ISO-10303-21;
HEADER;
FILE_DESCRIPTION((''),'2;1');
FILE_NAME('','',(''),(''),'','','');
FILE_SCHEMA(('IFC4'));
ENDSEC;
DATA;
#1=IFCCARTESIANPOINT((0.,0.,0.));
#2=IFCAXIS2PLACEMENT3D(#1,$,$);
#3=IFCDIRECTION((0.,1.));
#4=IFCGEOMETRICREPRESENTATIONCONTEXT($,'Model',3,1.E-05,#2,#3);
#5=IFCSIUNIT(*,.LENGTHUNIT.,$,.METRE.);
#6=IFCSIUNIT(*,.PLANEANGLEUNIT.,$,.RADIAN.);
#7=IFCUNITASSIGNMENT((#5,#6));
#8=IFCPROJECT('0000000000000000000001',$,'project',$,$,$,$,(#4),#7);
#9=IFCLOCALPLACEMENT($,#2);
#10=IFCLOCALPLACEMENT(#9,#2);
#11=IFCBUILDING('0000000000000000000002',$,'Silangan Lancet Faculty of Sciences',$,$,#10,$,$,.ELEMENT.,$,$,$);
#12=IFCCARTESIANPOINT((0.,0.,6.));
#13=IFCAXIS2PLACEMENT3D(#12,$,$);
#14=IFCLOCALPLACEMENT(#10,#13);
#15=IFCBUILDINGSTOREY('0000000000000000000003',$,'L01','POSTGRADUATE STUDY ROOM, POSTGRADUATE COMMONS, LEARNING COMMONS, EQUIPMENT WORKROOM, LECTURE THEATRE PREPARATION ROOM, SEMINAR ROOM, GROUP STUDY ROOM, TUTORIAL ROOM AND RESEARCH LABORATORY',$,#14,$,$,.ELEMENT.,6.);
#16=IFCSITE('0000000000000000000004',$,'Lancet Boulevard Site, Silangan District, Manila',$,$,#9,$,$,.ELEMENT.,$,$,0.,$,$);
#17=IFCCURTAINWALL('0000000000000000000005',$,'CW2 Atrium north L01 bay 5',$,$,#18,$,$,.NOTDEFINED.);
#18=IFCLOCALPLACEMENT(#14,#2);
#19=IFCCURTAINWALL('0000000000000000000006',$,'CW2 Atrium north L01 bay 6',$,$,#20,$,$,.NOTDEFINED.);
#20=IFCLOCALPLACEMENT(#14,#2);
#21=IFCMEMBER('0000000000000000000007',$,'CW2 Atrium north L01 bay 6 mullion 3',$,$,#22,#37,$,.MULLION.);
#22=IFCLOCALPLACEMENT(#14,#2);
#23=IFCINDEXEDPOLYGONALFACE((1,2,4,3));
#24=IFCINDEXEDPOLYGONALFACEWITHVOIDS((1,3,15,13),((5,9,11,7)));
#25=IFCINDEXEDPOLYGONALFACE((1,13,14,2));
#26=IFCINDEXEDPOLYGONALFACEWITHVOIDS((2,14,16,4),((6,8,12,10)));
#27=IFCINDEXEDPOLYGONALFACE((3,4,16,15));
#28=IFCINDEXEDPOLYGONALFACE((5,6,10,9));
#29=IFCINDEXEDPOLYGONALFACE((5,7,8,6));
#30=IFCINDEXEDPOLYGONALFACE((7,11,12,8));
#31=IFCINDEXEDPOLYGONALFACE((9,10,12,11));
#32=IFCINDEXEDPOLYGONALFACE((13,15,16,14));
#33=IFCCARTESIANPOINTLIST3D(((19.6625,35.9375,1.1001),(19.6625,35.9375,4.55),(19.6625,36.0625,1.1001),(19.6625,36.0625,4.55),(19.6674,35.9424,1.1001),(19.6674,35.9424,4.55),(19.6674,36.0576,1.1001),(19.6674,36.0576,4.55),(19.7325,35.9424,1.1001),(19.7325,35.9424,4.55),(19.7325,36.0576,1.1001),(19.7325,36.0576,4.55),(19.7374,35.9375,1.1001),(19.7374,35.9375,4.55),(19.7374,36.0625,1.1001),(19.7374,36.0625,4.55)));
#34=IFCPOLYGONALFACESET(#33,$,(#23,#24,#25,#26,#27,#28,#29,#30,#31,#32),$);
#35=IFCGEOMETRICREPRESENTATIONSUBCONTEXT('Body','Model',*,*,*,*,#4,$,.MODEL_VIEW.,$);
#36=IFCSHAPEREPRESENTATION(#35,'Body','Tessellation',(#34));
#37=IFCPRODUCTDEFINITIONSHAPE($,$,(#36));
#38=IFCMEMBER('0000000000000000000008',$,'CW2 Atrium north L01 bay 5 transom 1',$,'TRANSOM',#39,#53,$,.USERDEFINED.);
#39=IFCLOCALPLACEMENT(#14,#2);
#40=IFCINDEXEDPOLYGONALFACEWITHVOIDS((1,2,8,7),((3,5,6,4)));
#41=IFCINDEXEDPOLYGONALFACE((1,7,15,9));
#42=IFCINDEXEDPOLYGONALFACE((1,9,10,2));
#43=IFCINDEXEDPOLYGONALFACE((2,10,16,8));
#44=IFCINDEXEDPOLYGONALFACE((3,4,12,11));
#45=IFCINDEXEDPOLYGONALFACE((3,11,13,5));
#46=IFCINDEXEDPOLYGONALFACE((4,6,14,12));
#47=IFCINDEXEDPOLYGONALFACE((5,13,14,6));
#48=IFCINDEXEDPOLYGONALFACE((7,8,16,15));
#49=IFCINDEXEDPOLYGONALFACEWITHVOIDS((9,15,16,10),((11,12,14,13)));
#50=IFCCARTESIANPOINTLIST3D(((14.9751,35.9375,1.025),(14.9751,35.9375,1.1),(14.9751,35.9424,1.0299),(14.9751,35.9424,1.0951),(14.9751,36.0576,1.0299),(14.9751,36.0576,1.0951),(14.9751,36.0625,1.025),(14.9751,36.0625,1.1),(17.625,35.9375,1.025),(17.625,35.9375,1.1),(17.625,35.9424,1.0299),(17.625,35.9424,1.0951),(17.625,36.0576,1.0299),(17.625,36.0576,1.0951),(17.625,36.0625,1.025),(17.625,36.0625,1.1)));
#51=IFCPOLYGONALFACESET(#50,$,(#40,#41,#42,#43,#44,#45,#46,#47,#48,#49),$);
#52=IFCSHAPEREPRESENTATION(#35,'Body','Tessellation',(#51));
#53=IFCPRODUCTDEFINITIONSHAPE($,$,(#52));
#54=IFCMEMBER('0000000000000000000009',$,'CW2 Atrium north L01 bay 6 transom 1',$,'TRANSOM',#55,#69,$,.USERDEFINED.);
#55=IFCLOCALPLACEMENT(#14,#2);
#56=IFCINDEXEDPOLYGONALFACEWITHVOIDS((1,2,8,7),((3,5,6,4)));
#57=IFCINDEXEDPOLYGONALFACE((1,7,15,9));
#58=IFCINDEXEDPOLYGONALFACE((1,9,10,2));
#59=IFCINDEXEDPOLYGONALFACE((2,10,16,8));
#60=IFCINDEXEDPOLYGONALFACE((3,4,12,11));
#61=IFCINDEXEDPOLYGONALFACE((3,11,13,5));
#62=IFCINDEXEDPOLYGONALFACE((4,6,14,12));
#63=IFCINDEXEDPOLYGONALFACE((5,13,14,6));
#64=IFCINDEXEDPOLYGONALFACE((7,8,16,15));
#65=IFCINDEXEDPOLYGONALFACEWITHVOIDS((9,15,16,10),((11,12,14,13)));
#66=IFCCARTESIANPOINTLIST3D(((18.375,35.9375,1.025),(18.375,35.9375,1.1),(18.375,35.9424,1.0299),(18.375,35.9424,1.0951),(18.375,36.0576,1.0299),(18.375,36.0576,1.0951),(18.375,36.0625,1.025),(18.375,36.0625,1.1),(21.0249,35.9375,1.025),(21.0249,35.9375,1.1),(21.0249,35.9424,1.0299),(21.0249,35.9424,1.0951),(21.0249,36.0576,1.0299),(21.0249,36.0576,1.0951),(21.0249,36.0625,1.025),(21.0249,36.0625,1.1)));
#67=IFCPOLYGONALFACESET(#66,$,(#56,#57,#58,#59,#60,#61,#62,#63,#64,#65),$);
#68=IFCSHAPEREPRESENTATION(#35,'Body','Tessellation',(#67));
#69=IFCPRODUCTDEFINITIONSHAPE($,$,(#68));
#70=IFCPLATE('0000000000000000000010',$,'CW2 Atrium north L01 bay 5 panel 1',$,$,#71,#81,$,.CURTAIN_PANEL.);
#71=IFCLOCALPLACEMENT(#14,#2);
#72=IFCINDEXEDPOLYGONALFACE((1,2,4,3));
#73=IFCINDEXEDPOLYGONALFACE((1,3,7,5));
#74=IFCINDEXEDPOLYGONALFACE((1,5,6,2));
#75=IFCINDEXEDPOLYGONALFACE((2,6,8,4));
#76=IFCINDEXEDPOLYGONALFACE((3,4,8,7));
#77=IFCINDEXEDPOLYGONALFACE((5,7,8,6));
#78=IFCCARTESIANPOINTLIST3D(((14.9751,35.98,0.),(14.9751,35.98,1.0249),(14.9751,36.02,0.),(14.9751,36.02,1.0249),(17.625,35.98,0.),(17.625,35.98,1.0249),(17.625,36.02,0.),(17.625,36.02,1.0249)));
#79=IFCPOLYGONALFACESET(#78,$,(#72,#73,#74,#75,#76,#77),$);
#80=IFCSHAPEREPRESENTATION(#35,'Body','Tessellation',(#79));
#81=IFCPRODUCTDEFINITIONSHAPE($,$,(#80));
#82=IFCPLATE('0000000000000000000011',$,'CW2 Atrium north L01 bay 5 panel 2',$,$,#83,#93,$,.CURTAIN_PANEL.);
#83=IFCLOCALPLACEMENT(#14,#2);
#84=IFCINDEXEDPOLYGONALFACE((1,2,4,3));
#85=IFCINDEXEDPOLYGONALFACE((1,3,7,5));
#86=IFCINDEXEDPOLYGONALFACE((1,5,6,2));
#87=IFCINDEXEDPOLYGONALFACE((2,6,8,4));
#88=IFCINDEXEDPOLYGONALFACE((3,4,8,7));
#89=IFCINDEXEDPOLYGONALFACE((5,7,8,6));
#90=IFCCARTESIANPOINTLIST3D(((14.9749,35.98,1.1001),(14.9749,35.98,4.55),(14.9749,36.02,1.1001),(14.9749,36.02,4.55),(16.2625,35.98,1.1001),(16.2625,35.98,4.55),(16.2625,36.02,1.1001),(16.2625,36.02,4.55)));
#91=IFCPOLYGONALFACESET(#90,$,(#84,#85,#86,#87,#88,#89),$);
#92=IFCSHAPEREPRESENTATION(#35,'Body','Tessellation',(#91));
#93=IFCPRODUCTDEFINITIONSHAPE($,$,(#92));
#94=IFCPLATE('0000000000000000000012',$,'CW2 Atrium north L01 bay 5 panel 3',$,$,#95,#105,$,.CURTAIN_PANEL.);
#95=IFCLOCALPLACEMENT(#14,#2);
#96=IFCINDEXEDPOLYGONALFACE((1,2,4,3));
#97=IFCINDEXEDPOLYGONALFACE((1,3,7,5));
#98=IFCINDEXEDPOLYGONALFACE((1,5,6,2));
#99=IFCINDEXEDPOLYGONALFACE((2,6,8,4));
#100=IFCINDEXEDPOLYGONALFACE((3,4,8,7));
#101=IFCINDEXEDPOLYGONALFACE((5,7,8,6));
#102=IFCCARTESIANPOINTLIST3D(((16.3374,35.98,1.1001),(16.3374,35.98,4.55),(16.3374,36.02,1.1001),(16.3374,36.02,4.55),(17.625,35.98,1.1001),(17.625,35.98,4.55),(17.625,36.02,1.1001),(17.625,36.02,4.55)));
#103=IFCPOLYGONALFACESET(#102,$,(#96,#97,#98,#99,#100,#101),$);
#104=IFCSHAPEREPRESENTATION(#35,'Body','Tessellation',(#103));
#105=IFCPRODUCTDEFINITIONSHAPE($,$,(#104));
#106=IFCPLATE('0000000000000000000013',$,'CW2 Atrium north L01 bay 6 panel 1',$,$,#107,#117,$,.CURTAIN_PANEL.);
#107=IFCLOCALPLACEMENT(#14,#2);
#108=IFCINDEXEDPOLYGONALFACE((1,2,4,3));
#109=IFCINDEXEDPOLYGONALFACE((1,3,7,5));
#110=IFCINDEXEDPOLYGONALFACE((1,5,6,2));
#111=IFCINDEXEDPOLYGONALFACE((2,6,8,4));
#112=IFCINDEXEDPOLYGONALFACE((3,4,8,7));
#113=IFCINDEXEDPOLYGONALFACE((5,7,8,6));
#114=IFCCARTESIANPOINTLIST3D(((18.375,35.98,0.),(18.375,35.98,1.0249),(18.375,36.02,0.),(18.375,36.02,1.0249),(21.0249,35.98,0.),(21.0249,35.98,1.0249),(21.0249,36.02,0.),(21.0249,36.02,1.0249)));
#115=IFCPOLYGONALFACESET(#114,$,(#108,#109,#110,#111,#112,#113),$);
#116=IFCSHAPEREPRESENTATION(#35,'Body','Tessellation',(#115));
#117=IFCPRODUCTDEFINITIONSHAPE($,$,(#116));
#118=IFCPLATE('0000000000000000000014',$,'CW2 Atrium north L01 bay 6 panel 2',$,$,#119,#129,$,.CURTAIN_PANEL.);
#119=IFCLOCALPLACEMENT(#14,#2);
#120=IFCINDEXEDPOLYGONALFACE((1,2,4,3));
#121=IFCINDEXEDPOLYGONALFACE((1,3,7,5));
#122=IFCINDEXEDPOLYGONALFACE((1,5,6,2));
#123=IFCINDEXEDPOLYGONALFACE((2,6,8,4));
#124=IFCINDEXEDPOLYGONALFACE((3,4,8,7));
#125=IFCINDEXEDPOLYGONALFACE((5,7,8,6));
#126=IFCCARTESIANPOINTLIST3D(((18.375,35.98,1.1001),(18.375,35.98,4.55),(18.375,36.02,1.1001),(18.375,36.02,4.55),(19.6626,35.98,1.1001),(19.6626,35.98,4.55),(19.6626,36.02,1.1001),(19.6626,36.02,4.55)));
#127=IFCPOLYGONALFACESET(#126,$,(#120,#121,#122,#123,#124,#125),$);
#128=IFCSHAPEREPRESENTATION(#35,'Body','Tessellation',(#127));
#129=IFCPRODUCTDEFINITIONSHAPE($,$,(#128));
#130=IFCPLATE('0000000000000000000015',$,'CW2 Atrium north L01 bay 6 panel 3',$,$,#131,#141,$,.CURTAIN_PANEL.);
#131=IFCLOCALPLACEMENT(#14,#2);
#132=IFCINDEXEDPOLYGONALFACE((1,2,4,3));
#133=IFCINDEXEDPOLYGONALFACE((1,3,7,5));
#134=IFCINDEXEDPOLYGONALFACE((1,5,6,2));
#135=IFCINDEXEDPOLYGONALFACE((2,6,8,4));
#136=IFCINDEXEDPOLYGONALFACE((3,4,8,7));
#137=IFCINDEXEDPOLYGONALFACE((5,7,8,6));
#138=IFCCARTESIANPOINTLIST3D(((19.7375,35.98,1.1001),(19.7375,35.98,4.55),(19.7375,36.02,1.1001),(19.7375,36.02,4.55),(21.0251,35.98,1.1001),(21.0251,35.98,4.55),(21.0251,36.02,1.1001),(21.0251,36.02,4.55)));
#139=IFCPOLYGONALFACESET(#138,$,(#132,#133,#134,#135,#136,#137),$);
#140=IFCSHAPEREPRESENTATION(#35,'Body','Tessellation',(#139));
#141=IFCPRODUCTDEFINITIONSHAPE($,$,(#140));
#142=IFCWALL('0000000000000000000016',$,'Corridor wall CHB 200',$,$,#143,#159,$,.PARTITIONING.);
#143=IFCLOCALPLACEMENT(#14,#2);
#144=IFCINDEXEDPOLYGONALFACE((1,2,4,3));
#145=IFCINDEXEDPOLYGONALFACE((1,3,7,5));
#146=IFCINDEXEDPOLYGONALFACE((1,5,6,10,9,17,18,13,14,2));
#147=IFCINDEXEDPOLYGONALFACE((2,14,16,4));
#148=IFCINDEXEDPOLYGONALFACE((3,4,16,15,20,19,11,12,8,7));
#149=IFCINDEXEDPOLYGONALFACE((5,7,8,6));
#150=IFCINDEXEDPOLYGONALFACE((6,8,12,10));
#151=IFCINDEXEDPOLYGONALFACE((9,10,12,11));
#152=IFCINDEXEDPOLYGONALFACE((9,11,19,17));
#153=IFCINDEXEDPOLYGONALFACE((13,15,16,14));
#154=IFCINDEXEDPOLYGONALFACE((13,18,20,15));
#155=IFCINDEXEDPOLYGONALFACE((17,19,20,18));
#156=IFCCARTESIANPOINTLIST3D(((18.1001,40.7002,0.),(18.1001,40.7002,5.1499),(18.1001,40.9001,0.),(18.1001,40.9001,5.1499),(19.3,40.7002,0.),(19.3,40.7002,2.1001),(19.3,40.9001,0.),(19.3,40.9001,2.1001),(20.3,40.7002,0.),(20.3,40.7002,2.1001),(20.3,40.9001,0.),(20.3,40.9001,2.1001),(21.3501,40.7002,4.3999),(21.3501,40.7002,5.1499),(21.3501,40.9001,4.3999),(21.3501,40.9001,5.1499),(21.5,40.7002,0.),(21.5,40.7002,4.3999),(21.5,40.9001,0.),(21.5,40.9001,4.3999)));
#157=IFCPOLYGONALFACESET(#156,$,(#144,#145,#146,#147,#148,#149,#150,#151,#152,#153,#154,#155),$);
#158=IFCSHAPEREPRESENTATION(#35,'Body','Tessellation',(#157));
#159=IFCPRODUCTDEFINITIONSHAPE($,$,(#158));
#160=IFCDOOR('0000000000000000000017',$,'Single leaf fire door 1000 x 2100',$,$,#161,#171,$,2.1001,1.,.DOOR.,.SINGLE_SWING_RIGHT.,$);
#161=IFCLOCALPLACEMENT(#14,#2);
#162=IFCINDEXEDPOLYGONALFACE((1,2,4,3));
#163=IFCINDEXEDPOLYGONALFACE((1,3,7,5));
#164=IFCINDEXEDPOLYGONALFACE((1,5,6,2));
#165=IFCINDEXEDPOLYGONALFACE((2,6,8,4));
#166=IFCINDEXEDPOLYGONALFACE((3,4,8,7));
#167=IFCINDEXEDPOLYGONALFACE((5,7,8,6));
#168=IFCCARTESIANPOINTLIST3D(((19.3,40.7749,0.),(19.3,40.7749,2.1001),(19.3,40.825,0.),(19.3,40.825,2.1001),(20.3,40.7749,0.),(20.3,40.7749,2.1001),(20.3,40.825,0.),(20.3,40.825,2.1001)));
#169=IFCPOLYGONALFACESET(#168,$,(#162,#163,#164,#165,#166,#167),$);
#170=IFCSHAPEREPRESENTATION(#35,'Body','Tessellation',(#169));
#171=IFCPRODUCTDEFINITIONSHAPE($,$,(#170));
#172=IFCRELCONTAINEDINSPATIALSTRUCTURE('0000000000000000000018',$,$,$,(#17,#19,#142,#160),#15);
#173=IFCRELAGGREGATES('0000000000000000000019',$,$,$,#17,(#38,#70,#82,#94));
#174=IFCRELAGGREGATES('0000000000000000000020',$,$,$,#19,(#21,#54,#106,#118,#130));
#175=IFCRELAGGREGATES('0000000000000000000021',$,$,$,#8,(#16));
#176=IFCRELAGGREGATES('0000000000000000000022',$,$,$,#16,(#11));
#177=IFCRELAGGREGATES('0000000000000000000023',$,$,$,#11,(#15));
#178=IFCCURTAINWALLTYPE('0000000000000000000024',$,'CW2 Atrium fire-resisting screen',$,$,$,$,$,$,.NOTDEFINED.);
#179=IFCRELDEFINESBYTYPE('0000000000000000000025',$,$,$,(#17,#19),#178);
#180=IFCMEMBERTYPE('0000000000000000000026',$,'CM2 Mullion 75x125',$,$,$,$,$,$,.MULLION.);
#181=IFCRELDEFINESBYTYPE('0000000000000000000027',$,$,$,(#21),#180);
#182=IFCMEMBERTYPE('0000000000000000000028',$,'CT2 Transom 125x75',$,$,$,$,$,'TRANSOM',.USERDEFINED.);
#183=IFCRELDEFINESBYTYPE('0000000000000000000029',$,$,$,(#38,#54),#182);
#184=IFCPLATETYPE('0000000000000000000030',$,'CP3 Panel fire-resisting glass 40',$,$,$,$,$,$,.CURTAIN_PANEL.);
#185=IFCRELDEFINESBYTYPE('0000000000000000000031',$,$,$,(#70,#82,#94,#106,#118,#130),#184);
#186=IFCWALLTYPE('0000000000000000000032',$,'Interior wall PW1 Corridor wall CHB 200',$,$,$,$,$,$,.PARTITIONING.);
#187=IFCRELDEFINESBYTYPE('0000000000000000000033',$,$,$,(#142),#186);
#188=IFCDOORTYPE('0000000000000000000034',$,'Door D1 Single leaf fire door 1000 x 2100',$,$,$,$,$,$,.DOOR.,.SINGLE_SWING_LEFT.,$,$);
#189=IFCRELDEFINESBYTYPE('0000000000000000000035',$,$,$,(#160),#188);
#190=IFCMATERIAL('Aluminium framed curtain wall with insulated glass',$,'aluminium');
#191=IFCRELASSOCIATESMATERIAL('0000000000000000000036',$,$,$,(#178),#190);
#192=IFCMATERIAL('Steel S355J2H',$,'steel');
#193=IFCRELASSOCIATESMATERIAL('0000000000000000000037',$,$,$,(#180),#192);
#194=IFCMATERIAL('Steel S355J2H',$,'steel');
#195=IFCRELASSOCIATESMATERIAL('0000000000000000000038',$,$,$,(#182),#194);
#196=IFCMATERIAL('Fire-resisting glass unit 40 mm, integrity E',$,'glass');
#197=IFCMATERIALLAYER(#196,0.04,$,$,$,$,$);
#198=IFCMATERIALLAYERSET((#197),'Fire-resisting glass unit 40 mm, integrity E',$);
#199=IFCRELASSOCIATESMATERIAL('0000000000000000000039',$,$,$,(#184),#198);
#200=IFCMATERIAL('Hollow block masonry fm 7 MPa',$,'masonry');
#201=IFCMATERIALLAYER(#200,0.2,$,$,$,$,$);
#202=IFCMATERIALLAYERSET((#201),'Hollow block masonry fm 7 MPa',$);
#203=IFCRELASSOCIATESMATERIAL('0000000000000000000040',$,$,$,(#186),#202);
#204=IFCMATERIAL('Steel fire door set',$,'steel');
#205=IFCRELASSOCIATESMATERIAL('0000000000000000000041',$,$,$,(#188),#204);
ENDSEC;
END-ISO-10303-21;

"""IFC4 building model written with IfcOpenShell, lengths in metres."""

from ifc_helpers import new_model, si_unit, direction, frame, frame_2d, origin, origin_2d, place, context, subcontext, project, spatial, polyline, rectangle, hollow_rectangle, outline, extrude, material, layer, layer_set, material_profile, profile_set, type_object, element, fill, aggregate, save


model = new_model("IFC4")

# Units and contexts
model_context = context("Model", 3, precision=1e-05, world=origin(), true_north=direction((0.0, 1.0)))
body_context = subcontext(model_context, "Body", "Model", "MODEL_VIEW")
ifc_project = project(units=[si_unit("LENGTHUNIT", "METRE"), si_unit("PLANEANGLEUNIT", "RADIAN")], contexts=[model_context])

# Site, building, storey
site_placement = place(None, origin())
site = spatial("IfcSite", under=ifc_project, at=site_placement, Name="Lancet Boulevard Site, Silangan District, Manila", CompositionType="ELEMENT", RefElevation=0.0)
building_placement = place(site_placement, origin())
building = spatial("IfcBuilding", under=site, at=building_placement, Name="Silangan Lancet Faculty of Sciences", CompositionType="ELEMENT")
storey_placement = place(building_placement, frame((0.0, 0.0, 6.0)))
storey = spatial("IfcBuildingStorey", under=building, at=storey_placement, Name="L01", Description="POSTGRADUATE STUDY ROOM, POSTGRADUATE COMMONS, LEARNING COMMONS, EQUIPMENT WORKROOM, LECTURE THEATRE PREPARATION ROOM, SEMINAR ROOM, GROUP STUDY ROOM, TUTORIAL ROOM AND RESEARCH LABORATORY", CompositionType="ELEMENT", Elevation=6.0)

# Curtain walls, member
ifc_material_1 = material(Name="Aluminium framed curtain wall with insulated glass", Category="aluminium")
curtain_wall_type = type_object("IfcCurtainWallType", Name="CW2 Atrium fire-resisting screen", PredefinedType="NOTDEFINED", material=ifc_material_1)
curtain_wall_1_placement = place(storey_placement, origin())
curtain_wall_1 = element("IfcCurtainWall", 1, at=curtain_wall_1_placement, inside=storey, type_object=curtain_wall_type, Name="CW2 Atrium north L01 bay 5", PredefinedType="NOTDEFINED")
ifc_material_2 = material(Name="Steel S355J2H", Category="steel")
ifc_material_profile_1 = material_profile(ifc_material_2, hollow_rectangle(XDim=0.075, YDim=0.125, WallThickness=0.0049, at=origin_2d()), Name="ST BOX 75x125x5")
ifc_profile_set_1 = profile_set([ifc_material_profile_1], Name="Steel S355J2H")
member_type_1 = type_object("IfcMemberType", Name="CM2 Mullion 75x125", PredefinedType="MULLION", material=ifc_profile_set_1)
curtain_wall_2_placement = place(storey_placement, origin())
curtain_wall_2 = element("IfcCurtainWall", 2, at=curtain_wall_2_placement, inside=storey, type_object=curtain_wall_type, Name="CW2 Atrium north L01 bay 6", PredefinedType="NOTDEFINED")
member_1_placement = place(storey_placement, frame((19.7, 36.0, 1.1001), z_axis=(0.0, 0.0, 1.0), x_axis=(1.0, 0.0, 0.0)))
member_1 = element("IfcMember", 3, at=member_1_placement, type_object=member_type_1, Name="CW2 Atrium north L01 bay 6 mullion 3", PredefinedType="MULLION", context=body_context, shape_type="SweptSolid", body=[
    extrude(hollow_rectangle(XDim=0.075, YDim=0.125, WallThickness=0.0049, at=origin_2d()), origin(), (0.0, 0.0, 1.0), 3.45),
])

# Members
ifc_material_3 = material(Name="Steel S355J2H", Category="steel")
ifc_material_profile_2 = material_profile(ifc_material_3, hollow_rectangle(XDim=0.125, YDim=0.075, WallThickness=0.0049, at=origin_2d()), Name="ST BOX 125x75x5")
ifc_profile_set_2 = profile_set([ifc_material_profile_2], Name="Steel S355J2H")
member_type_2 = type_object("IfcMemberType", Name="CT2 Transom 125x75", ElementType="TRANSOM", PredefinedType="USERDEFINED", material=ifc_profile_set_2)
member_2_placement = place(storey_placement, frame((14.9751, 36.0, 1.0625), z_axis=(1.0, 0.0, 0.0), x_axis=(0.0, 1.0, 0.0)))
member_2 = element("IfcMember", 4, at=member_2_placement, type_object=member_type_2, Name="CW2 Atrium north L01 bay 5 transom 1", ObjectType="TRANSOM", PredefinedType="USERDEFINED", context=body_context, shape_type="SweptSolid", body=[
    extrude(hollow_rectangle(XDim=0.125, YDim=0.075, WallThickness=0.0049, at=origin_2d()), origin(), (0.0, 0.0, 1.0), 2.6499),
])
member_3_placement = place(storey_placement, frame((18.375, 36.0, 1.0625), z_axis=(1.0, 0.0, 0.0), x_axis=(0.0, 1.0, 0.0)))
member_3 = element("IfcMember", 5, at=member_3_placement, type_object=member_type_2, Name="CW2 Atrium north L01 bay 6 transom 1", ObjectType="TRANSOM", PredefinedType="USERDEFINED", context=body_context, shape_type="SweptSolid", body=[
    extrude(hollow_rectangle(XDim=0.125, YDim=0.075, WallThickness=0.0049, at=origin_2d()), origin(), (0.0, 0.0, 1.0), 2.6499),
])

# Plates
ifc_material_4 = material(Name="Fire-resisting glass unit 40 mm, integrity E", Category="glass")
ifc_layer_1 = layer(ifc_material_4, 0.04)
ifc_layer_set_1 = layer_set([ifc_layer_1], Name="Fire-resisting glass unit 40 mm, integrity E")
plate_type = type_object("IfcPlateType", Name="CP3 Panel fire-resisting glass 40", PredefinedType="CURTAIN_PANEL", material=ifc_layer_set_1)
plate_1_placement = place(storey_placement, frame((16.3, 36.0, 0.0), z_axis=(0.0, 0.0, 1.0), x_axis=(1.0, 0.0, 0.0)))
plate_1 = element("IfcPlate", 6, at=plate_1_placement, type_object=plate_type, Name="CW2 Atrium north L01 bay 5 panel 1", PredefinedType="CURTAIN_PANEL", context=body_context, shape_type="SweptSolid", body=[
    extrude(rectangle(XDim=2.6499, YDim=0.04, at=origin_2d()), origin(), (0.0, 0.0, 1.0), 1.0249),
])
plate_2_placement = place(storey_placement, frame((15.6187, 36.0, 1.1001), z_axis=(0.0, 0.0, 1.0), x_axis=(1.0, 0.0, 0.0)))
plate_2 = element("IfcPlate", 7, at=plate_2_placement, type_object=plate_type, Name="CW2 Atrium north L01 bay 5 panel 2", PredefinedType="CURTAIN_PANEL", context=body_context, shape_type="SweptSolid", body=[
    extrude(rectangle(XDim=1.2876, YDim=0.04, at=origin_2d()), origin(), (0.0, 0.0, 1.0), 3.45),
])
plate_3_placement = place(storey_placement, frame((16.9812, 36.0, 1.1001), z_axis=(0.0, 0.0, 1.0), x_axis=(1.0, 0.0, 0.0)))
plate_3 = element("IfcPlate", 8, at=plate_3_placement, type_object=plate_type, Name="CW2 Atrium north L01 bay 5 panel 3", PredefinedType="CURTAIN_PANEL", context=body_context, shape_type="SweptSolid", body=[
    extrude(rectangle(XDim=1.2876, YDim=0.04, at=origin_2d()), origin(), (0.0, 0.0, 1.0), 3.45),
])
aggregate(curtain_wall_1, [member_2, plate_1, plate_2, plate_3])
plate_4_placement = place(storey_placement, frame((19.7, 36.0, 0.0), z_axis=(0.0, 0.0, 1.0), x_axis=(1.0, 0.0, 0.0)))
plate_4 = element("IfcPlate", 9, at=plate_4_placement, type_object=plate_type, Name="CW2 Atrium north L01 bay 6 panel 1", PredefinedType="CURTAIN_PANEL", context=body_context, shape_type="SweptSolid", body=[
    extrude(rectangle(XDim=2.6499, YDim=0.04, at=origin_2d()), origin(), (0.0, 0.0, 1.0), 1.0249),
])
plate_5_placement = place(storey_placement, frame((19.0188, 36.0, 1.1001), z_axis=(0.0, 0.0, 1.0), x_axis=(1.0, 0.0, 0.0)))
plate_5 = element("IfcPlate", 10, at=plate_5_placement, type_object=plate_type, Name="CW2 Atrium north L01 bay 6 panel 2", PredefinedType="CURTAIN_PANEL", context=body_context, shape_type="SweptSolid", body=[
    extrude(rectangle(XDim=1.2876, YDim=0.04, at=origin_2d()), origin(), (0.0, 0.0, 1.0), 3.45),
])
plate_6_placement = place(storey_placement, frame((20.3813, 36.0, 1.1001), z_axis=(0.0, 0.0, 1.0), x_axis=(1.0, 0.0, 0.0)))
plate_6 = element("IfcPlate", 11, at=plate_6_placement, type_object=plate_type, Name="CW2 Atrium north L01 bay 6 panel 3", PredefinedType="CURTAIN_PANEL", context=body_context, shape_type="SweptSolid", body=[
    extrude(rectangle(XDim=1.2876, YDim=0.04, at=origin_2d()), origin(), (0.0, 0.0, 1.0), 3.45),
])
aggregate(curtain_wall_2, [member_1, member_3, plate_4, plate_5, plate_6])

# Wall, opening, door
ifc_material_5 = material(Name="Hollow block masonry fm 7 MPa", Category="masonry")
ifc_layer_2 = layer(ifc_material_5, 0.2)
ifc_layer_set_2 = layer_set([ifc_layer_2], Name="Hollow block masonry fm 7 MPa")
wall_type_1 = type_object("IfcWallType", Name="Interior wall PW1 Corridor wall CHB 200", PredefinedType="PARTITIONING", material=ifc_layer_set_2)
wall_1_placement = place(storey_placement, frame((18.1001, 40.8, 0.0), z_axis=(0.0, 0.0, 1.0), x_axis=(1.0, 0.0, 0.0)))
wall_1 = element("IfcWall", 12, at=wall_1_placement, inside=storey, type_object=wall_type_1, Name="Corridor wall CHB 200", PredefinedType="PARTITIONING", context=body_context, shape_type="SweptSolid", body=[
    extrude(outline(polyline([(0.0, 0.0), (3.3999, 0.0), (3.3999, 4.3999), (3.25, 4.3999), (3.25, 5.1499), (0.0, 5.1499), (0.0, 0.0)])), frame((0.0, 0.1001, 0.0), z_axis=(0.0, -1.0, 0.0), x_axis=(1.0, 0.0, 0.0)), (0.0, 0.0, 1.0), 0.2),
])
opening_1_placement = place(wall_1_placement, frame((1.2, 0.0, 0.0)))
opening_1 = element("IfcOpeningElement", 13, at=opening_1_placement, cuts=wall_1, PredefinedType="OPENING", context=body_context, shape_type="SweptSolid", body=[
    extrude(rectangle(XDim=1.0, YDim=2.1001, at=frame_2d((0.5, 1.05))), frame((0.0, 0.1099, 0.0), z_axis=(0.0, -1.0, 0.0), x_axis=(1.0, 0.0, 0.0)), (0.0, 0.0, 1.0), 0.22),
])
ifc_material_6 = material(Name="Steel fire door set", Category="steel")
door_type = type_object("IfcDoorType", Name="Door D1 Single leaf fire door 1000 x 2100", OperationType="SINGLE_SWING_LEFT", PredefinedType="DOOR", material=ifc_material_6)
door_1_placement = place(opening_1_placement, frame((1.0, 0.0, 0.0), z_axis=(0.0, 0.0, 1.0), x_axis=(-1.0, 0.0, 0.0)))
door_1 = element("IfcDoor", 14, at=door_1_placement, inside=storey, type_object=door_type, Name="Single leaf fire door 1000 x 2100", OperationType="SINGLE_SWING_RIGHT", OverallHeight=2.1001, OverallWidth=1.0, PredefinedType="DOOR", context=body_context, shape_type="SweptSolid", body=[
    extrude(rectangle(XDim=1.0, YDim=2.1001, at=frame_2d((0.5, 1.05))), frame((0.0, 0.0251, 0.0), z_axis=(0.0, -1.0, 0.0), x_axis=(1.0, 0.0, 0.0)), (0.0, 0.0, 1.0), 0.05),
])
fill(opening_1, door_1)

save(model, "model.ifc")
